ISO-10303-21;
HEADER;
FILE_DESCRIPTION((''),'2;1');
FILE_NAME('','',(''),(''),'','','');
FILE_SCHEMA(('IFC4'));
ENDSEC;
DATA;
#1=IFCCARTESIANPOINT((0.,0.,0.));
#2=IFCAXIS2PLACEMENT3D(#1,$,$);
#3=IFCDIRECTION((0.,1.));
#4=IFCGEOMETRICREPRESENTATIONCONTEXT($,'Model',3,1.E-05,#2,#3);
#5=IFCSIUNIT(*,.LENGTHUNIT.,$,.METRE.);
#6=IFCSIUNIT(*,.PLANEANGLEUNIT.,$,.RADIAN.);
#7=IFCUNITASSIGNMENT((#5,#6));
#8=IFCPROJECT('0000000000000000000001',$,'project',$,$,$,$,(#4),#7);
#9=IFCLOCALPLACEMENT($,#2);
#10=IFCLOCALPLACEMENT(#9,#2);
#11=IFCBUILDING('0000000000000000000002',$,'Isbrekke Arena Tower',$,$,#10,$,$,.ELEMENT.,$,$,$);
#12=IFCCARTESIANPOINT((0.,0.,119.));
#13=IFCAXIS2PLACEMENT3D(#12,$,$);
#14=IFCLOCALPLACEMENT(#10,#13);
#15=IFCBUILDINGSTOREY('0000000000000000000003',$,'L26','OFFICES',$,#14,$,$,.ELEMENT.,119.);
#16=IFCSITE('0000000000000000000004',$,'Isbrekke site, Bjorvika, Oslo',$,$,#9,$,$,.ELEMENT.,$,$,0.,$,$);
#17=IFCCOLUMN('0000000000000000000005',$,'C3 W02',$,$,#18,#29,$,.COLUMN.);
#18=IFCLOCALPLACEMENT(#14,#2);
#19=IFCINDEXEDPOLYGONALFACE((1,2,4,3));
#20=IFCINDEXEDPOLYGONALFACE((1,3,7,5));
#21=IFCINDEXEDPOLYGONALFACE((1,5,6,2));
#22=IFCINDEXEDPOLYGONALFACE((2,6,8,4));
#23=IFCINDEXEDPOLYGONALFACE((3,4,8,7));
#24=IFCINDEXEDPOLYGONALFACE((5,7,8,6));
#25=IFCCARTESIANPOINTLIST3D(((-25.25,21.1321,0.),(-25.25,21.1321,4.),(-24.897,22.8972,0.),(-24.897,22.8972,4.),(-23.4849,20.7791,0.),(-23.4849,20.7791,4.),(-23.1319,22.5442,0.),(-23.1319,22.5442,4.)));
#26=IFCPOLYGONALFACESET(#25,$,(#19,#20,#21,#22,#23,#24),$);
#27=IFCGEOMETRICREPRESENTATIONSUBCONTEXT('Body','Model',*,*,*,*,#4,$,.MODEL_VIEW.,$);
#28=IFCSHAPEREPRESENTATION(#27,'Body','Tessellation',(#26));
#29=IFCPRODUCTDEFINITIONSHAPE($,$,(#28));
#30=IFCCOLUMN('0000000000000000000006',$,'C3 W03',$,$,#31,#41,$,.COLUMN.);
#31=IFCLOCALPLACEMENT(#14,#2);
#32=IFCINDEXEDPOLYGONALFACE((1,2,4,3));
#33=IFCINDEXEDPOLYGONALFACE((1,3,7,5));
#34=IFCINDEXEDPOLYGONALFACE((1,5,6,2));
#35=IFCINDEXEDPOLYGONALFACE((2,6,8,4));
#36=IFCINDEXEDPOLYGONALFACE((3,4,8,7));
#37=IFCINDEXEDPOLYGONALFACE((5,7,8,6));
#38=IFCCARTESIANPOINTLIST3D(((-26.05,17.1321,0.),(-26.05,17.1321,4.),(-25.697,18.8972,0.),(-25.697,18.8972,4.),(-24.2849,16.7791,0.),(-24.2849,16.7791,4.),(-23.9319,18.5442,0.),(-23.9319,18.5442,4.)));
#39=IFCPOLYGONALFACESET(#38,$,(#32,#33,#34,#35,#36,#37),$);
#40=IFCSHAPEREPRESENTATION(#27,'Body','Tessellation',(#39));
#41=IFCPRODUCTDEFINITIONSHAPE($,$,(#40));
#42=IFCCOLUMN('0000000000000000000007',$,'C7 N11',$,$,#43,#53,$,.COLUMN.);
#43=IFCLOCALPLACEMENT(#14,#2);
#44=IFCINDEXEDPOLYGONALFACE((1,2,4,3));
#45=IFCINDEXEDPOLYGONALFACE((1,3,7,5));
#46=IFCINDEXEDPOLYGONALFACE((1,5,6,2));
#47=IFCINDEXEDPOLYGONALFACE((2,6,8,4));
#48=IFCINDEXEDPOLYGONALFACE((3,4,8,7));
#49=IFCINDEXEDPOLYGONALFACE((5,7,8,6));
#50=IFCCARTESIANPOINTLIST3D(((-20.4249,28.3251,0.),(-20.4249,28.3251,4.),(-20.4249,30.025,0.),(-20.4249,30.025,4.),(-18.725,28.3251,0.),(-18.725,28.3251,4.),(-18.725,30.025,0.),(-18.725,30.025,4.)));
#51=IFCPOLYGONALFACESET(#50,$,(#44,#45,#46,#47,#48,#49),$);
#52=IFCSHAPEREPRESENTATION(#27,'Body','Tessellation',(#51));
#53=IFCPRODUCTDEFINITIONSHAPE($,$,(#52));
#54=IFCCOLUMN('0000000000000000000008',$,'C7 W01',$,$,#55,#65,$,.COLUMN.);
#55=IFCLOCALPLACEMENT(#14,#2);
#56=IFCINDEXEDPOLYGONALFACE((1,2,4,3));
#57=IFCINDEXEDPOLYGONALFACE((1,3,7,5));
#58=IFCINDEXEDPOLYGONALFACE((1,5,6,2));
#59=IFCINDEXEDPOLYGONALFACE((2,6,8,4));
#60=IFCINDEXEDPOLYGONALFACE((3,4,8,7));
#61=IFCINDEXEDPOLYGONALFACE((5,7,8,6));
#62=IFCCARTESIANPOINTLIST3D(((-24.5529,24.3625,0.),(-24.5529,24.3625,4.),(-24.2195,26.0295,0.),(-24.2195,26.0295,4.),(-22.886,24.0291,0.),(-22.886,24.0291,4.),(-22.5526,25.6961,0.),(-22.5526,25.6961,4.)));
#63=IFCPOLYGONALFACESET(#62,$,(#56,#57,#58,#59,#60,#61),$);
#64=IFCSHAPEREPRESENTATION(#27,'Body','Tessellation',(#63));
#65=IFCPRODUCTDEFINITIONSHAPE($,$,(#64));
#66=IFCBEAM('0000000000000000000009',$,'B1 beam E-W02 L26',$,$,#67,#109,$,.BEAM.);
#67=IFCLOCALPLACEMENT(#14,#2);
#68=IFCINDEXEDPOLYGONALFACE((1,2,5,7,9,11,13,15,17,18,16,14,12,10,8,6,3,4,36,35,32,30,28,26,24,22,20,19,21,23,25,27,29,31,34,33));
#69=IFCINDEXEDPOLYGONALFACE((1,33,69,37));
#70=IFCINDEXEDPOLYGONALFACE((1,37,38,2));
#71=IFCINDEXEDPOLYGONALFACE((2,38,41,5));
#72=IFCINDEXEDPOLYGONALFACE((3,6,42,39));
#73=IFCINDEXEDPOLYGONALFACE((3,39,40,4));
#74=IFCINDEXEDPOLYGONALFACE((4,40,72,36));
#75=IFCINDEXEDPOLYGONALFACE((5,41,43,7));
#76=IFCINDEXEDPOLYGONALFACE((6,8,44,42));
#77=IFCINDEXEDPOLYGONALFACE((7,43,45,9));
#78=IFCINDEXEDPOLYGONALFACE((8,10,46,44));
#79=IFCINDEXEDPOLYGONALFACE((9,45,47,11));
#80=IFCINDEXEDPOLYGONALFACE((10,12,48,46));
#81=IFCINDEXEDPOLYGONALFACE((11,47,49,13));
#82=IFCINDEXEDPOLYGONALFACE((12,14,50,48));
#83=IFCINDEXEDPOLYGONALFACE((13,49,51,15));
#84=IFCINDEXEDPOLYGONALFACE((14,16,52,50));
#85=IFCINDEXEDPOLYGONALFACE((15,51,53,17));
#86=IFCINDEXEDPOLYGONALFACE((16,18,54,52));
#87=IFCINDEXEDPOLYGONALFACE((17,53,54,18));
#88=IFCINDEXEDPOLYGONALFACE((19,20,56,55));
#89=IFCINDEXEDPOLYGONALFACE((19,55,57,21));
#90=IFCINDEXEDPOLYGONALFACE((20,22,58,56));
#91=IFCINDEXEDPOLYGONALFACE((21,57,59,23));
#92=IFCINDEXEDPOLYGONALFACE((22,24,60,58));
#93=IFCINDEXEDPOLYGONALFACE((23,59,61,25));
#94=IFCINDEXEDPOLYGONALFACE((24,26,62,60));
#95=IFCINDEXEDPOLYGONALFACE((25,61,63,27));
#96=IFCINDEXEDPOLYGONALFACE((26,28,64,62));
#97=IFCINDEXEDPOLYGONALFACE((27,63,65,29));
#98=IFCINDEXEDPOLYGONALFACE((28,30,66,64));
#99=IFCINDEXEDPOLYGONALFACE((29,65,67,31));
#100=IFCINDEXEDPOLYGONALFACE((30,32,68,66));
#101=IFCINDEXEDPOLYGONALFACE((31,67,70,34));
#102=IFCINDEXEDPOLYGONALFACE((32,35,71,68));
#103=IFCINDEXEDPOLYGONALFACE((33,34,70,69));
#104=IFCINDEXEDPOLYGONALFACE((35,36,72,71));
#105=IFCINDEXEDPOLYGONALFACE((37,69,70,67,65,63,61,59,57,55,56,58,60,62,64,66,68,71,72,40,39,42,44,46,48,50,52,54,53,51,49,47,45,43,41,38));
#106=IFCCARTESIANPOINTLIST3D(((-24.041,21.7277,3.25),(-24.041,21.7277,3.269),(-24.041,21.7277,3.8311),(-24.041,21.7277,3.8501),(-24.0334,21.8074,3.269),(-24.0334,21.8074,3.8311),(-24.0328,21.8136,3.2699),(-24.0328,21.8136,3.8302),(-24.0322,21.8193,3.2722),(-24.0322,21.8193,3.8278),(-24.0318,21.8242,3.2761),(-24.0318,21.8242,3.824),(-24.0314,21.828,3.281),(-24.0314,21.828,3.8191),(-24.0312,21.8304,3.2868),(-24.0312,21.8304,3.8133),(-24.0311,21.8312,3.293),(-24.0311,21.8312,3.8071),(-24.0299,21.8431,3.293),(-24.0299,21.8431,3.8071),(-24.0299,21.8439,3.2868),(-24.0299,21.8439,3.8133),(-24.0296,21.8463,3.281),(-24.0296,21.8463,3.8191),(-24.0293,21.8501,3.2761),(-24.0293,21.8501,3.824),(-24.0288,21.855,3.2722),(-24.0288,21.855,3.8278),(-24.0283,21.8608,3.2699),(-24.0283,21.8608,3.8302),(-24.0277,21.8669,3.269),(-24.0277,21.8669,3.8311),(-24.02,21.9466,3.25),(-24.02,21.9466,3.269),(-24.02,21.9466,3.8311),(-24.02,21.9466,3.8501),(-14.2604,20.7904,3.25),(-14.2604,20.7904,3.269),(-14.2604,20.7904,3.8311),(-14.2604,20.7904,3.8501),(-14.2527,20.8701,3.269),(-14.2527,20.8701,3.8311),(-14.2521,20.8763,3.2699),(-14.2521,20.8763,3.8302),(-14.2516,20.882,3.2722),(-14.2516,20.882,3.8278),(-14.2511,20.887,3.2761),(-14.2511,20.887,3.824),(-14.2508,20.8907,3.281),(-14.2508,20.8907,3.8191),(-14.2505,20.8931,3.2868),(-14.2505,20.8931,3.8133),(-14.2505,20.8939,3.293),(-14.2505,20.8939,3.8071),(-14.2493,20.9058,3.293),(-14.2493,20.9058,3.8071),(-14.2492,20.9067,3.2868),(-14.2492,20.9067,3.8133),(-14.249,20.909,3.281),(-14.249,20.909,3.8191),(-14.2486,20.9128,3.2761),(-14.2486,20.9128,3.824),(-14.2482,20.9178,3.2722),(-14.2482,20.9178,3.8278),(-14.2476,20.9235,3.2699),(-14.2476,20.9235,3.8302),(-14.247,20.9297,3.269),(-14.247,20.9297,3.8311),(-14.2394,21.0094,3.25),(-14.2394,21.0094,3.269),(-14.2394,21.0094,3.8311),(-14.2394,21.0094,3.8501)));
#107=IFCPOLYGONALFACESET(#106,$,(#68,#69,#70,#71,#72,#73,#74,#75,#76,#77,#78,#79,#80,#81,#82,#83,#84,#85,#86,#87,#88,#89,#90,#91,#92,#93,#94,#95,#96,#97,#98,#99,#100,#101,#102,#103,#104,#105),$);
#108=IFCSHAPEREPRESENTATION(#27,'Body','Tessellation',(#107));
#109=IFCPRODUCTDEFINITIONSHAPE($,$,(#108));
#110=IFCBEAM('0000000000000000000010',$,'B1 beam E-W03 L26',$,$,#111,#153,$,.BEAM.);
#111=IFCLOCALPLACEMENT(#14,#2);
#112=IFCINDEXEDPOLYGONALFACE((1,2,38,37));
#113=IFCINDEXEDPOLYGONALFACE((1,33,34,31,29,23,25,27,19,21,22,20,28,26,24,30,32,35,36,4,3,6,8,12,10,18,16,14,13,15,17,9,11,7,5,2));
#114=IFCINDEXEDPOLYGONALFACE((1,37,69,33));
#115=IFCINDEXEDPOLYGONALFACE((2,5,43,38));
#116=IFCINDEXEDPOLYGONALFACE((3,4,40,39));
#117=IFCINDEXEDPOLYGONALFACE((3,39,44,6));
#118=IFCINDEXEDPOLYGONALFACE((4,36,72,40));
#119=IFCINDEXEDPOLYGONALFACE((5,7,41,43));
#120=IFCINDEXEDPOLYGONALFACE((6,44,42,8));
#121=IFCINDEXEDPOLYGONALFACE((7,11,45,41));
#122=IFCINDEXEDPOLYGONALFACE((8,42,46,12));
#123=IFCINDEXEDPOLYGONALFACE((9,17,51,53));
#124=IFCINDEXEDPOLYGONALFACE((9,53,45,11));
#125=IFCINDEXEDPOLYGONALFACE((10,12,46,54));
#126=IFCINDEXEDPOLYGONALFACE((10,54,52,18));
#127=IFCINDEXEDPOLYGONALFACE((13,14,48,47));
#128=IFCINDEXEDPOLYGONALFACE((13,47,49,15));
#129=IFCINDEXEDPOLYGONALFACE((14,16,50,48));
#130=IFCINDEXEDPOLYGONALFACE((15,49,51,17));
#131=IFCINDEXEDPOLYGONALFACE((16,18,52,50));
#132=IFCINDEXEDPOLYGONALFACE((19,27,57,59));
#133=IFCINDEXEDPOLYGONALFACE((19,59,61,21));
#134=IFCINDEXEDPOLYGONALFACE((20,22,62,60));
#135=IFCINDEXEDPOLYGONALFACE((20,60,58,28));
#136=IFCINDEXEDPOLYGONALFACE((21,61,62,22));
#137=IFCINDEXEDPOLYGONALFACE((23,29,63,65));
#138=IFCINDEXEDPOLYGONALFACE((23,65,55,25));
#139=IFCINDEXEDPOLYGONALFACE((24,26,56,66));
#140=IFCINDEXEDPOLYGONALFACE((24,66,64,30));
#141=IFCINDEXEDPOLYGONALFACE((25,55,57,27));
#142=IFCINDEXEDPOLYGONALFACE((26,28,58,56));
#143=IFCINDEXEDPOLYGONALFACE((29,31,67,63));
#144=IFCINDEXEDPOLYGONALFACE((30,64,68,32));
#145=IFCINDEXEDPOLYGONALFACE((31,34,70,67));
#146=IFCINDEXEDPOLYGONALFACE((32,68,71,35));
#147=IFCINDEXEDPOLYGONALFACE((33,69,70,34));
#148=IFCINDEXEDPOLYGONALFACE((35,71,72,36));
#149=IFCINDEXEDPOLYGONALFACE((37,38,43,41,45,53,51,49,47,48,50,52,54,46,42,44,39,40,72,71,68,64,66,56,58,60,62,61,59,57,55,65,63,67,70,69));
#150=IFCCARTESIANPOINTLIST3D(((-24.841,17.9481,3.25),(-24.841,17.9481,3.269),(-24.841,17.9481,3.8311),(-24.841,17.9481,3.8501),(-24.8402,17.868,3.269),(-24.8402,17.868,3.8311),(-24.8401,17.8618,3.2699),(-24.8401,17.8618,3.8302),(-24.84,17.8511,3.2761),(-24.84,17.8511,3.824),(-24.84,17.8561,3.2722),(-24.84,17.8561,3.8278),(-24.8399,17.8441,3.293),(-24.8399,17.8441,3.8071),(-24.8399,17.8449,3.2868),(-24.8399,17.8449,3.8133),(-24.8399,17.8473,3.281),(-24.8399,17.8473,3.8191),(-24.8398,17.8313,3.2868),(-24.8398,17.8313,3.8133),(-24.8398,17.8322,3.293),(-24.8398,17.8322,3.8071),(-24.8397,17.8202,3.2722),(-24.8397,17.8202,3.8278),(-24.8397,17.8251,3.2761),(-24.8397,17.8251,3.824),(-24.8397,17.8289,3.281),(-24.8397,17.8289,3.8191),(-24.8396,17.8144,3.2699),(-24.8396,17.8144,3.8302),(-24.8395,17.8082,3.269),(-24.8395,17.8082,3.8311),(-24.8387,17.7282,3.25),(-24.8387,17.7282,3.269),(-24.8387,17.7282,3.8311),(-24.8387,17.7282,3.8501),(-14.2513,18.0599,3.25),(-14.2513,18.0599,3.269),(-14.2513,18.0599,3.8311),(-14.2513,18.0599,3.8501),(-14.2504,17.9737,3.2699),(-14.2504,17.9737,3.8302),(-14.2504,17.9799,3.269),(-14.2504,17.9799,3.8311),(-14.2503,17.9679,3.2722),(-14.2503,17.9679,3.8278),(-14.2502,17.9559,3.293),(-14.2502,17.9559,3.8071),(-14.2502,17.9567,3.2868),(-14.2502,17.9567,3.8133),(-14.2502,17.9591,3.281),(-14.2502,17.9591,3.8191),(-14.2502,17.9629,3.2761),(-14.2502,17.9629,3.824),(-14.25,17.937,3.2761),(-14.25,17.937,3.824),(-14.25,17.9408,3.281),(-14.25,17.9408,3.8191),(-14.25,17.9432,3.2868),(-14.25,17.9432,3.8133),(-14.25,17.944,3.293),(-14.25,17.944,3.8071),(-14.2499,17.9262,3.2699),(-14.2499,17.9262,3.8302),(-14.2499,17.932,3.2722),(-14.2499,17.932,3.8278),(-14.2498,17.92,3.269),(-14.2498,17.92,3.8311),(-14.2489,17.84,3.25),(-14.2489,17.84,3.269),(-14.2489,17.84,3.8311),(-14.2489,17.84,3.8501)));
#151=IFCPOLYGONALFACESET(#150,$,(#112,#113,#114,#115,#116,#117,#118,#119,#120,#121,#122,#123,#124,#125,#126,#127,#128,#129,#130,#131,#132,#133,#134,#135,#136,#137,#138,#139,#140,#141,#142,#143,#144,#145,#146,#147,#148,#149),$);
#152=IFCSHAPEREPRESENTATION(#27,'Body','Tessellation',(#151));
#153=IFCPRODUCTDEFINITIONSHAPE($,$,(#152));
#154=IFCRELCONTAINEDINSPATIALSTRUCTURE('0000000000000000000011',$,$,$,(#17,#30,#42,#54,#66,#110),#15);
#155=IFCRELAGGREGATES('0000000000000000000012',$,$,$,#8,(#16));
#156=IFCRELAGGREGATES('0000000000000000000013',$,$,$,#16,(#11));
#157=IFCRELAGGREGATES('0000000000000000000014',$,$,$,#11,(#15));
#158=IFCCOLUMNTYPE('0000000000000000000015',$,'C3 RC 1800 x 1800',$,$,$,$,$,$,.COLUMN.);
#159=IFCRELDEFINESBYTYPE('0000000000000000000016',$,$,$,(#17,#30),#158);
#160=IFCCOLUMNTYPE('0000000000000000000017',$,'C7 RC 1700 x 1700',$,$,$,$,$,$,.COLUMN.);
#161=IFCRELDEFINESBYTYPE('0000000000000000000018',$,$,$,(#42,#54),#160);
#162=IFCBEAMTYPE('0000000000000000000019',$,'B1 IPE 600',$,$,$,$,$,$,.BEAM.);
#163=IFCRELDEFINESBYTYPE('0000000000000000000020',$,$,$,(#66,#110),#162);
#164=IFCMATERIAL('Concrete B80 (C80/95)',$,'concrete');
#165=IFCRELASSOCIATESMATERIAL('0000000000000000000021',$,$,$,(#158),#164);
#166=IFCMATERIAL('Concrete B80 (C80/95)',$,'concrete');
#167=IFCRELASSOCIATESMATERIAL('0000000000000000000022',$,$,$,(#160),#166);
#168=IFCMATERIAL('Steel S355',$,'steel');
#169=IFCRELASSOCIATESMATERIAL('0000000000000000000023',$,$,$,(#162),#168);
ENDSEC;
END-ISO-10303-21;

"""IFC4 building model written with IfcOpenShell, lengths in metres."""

from ifc_helpers import new_model, si_unit, direction, frame, origin, origin_2d, place, context, subcontext, project, spatial, rectangle, i_section, extrude, material, material_profile, profile_set, type_object, element, save


model = new_model("IFC4")

# Units and contexts
model_context = context("Model", 3, precision=1e-05, world=origin(), true_north=direction((0.0, 1.0)))
body_context = subcontext(model_context, "Body", "Model", "MODEL_VIEW")
ifc_project = project(units=[si_unit("LENGTHUNIT", "METRE"), si_unit("PLANEANGLEUNIT", "RADIAN")], contexts=[model_context])

# Site, building, storey
site_placement = place(None, origin())
site = spatial("IfcSite", under=ifc_project, at=site_placement, Name="Isbrekke site, Bjorvika, Oslo", CompositionType="ELEMENT", RefElevation=0.0)
building_placement = place(site_placement, origin())
building = spatial("IfcBuilding", under=site, at=building_placement, Name="Isbrekke Arena Tower", CompositionType="ELEMENT")
storey_placement = place(building_placement, frame((0.0, 0.0, 119.0)))
storey = spatial("IfcBuildingStorey", under=building, at=storey_placement, Name="L26", Description="OFFICES", CompositionType="ELEMENT", Elevation=119.0)

# Columns
ifc_material_1 = material(Name="Concrete B80 (C80/95)", Category="concrete")
ifc_material_profile_1 = material_profile(ifc_material_1, rectangle(XDim=1.8, YDim=1.8, at=origin_2d()), Name="RC 1800x1800")
ifc_profile_set_1 = profile_set([ifc_material_profile_1], Name="Concrete B80 (C80/95)")
column_type_1 = type_object("IfcColumnType", Name="C3 RC 1800 x 1800", PredefinedType="COLUMN", material=ifc_profile_set_1)
for number, where, z_axis, x_axis, name in (
    (1, (-24.1909, 21.8381, 0.0), (0.0, 0.0, 1.0), (-0.196116, -0.980581, 0.0), "C3 W02"),
    (2, (-24.991, 17.8381, 0.0), (0.0, 0.0, 1.0), (-0.196116, -0.980581, 0.0), "C3 W03"),
):
    element("IfcColumn", number, at=place(storey_placement, frame(where, z_axis=z_axis, x_axis=x_axis)), inside=storey, type_object=column_type_1, Name=name, PredefinedType="COLUMN", context=body_context, shape_type="SweptSolid", body=[
        extrude(rectangle(XDim=1.8, YDim=1.8, at=origin_2d()), origin(), (0.0, 0.0, 1.0), 4.0),
    ])
ifc_material_2 = material(Name="Concrete B80 (C80/95)", Category="concrete")
ifc_material_profile_2 = material_profile(ifc_material_2, rectangle(XDim=1.7, YDim=1.7, at=origin_2d()), Name="RC 1700x1700")
ifc_profile_set_2 = profile_set([ifc_material_profile_2], Name="Concrete B80 (C80/95)")
column_type_2 = type_object("IfcColumnType", Name="C7 RC 1700 x 1700", PredefinedType="COLUMN", material=ifc_profile_set_2)
for number, where, z_axis, x_axis, name in (
    (3, (-19.575, 29.175, 0.0), (0.0, 0.0, 1.0), (-1.0, 0.0, 0.0), "C7 N11"),
    (4, (-23.5527, 25.0293, 0.0), (0.0, 0.0, 1.0), (-0.196116, -0.980581, 0.0), "C7 W01"),
):
    element("IfcColumn", number, at=place(storey_placement, frame(where, z_axis=z_axis, x_axis=x_axis)), inside=storey, type_object=column_type_2, Name=name, PredefinedType="COLUMN", context=body_context, shape_type="SweptSolid", body=[
        extrude(rectangle(XDim=1.7, YDim=1.7, at=origin_2d()), origin(), (0.0, 0.0, 1.0), 4.0),
    ])

# Beams
ifc_material_3 = material(Name="Steel S355", Category="steel")
ifc_material_profile_3 = material_profile(ifc_material_3, i_section(OverallWidth=0.22, OverallDepth=0.6001, WebThickness=0.012, FlangeThickness=0.019, FilletRadius=0.0239, at=origin_2d()), Name="IPE 600")
ifc_profile_set_3 = profile_set([ifc_material_profile_3], Name="Steel S355")
beam_type_1 = type_object("IfcBeamType", Name="B1 IPE 600", PredefinedType="BEAM", material=ifc_profile_set_3)
beam_1_placement = place(storey_placement, frame((-24.0305, 21.8372, 3.55), z_axis=(0.99544, -0.095392, 0.0), x_axis=(0.095392, 0.99544, 0.0)))
element("IfcBeam", 5, at=beam_1_placement, inside=storey, type_object=beam_type_1, Name="B1 beam E-W02 L26", PredefinedType="BEAM", context=body_context, shape_type="SweptSolid", body=[
    extrude(i_section(OverallWidth=0.22, OverallDepth=0.6001, WebThickness=0.012, FlangeThickness=0.019, FilletRadius=0.0239, at=origin_2d()), origin(), (0.0, 0.0, 1.0), 9.8254),
])
beam_2_placement = place(storey_placement, frame((-24.8398, 17.8381, 3.55), z_axis=(0.999944, 0.010558, 0.0), x_axis=(-0.010558, 0.999944, 0.0)))
element("IfcBeam", 6, at=beam_2_placement, inside=storey, type_object=beam_type_1, Name="B1 beam E-W03 L26", PredefinedType="BEAM", context=body_context, shape_type="SweptSolid", body=[
    extrude(i_section(OverallWidth=0.22, OverallDepth=0.6001, WebThickness=0.012, FlangeThickness=0.019, FilletRadius=0.0239, at=origin_2d()), origin(), (0.0, 0.0, 1.0), 10.5903),
])

save(model, "model.ifc")
